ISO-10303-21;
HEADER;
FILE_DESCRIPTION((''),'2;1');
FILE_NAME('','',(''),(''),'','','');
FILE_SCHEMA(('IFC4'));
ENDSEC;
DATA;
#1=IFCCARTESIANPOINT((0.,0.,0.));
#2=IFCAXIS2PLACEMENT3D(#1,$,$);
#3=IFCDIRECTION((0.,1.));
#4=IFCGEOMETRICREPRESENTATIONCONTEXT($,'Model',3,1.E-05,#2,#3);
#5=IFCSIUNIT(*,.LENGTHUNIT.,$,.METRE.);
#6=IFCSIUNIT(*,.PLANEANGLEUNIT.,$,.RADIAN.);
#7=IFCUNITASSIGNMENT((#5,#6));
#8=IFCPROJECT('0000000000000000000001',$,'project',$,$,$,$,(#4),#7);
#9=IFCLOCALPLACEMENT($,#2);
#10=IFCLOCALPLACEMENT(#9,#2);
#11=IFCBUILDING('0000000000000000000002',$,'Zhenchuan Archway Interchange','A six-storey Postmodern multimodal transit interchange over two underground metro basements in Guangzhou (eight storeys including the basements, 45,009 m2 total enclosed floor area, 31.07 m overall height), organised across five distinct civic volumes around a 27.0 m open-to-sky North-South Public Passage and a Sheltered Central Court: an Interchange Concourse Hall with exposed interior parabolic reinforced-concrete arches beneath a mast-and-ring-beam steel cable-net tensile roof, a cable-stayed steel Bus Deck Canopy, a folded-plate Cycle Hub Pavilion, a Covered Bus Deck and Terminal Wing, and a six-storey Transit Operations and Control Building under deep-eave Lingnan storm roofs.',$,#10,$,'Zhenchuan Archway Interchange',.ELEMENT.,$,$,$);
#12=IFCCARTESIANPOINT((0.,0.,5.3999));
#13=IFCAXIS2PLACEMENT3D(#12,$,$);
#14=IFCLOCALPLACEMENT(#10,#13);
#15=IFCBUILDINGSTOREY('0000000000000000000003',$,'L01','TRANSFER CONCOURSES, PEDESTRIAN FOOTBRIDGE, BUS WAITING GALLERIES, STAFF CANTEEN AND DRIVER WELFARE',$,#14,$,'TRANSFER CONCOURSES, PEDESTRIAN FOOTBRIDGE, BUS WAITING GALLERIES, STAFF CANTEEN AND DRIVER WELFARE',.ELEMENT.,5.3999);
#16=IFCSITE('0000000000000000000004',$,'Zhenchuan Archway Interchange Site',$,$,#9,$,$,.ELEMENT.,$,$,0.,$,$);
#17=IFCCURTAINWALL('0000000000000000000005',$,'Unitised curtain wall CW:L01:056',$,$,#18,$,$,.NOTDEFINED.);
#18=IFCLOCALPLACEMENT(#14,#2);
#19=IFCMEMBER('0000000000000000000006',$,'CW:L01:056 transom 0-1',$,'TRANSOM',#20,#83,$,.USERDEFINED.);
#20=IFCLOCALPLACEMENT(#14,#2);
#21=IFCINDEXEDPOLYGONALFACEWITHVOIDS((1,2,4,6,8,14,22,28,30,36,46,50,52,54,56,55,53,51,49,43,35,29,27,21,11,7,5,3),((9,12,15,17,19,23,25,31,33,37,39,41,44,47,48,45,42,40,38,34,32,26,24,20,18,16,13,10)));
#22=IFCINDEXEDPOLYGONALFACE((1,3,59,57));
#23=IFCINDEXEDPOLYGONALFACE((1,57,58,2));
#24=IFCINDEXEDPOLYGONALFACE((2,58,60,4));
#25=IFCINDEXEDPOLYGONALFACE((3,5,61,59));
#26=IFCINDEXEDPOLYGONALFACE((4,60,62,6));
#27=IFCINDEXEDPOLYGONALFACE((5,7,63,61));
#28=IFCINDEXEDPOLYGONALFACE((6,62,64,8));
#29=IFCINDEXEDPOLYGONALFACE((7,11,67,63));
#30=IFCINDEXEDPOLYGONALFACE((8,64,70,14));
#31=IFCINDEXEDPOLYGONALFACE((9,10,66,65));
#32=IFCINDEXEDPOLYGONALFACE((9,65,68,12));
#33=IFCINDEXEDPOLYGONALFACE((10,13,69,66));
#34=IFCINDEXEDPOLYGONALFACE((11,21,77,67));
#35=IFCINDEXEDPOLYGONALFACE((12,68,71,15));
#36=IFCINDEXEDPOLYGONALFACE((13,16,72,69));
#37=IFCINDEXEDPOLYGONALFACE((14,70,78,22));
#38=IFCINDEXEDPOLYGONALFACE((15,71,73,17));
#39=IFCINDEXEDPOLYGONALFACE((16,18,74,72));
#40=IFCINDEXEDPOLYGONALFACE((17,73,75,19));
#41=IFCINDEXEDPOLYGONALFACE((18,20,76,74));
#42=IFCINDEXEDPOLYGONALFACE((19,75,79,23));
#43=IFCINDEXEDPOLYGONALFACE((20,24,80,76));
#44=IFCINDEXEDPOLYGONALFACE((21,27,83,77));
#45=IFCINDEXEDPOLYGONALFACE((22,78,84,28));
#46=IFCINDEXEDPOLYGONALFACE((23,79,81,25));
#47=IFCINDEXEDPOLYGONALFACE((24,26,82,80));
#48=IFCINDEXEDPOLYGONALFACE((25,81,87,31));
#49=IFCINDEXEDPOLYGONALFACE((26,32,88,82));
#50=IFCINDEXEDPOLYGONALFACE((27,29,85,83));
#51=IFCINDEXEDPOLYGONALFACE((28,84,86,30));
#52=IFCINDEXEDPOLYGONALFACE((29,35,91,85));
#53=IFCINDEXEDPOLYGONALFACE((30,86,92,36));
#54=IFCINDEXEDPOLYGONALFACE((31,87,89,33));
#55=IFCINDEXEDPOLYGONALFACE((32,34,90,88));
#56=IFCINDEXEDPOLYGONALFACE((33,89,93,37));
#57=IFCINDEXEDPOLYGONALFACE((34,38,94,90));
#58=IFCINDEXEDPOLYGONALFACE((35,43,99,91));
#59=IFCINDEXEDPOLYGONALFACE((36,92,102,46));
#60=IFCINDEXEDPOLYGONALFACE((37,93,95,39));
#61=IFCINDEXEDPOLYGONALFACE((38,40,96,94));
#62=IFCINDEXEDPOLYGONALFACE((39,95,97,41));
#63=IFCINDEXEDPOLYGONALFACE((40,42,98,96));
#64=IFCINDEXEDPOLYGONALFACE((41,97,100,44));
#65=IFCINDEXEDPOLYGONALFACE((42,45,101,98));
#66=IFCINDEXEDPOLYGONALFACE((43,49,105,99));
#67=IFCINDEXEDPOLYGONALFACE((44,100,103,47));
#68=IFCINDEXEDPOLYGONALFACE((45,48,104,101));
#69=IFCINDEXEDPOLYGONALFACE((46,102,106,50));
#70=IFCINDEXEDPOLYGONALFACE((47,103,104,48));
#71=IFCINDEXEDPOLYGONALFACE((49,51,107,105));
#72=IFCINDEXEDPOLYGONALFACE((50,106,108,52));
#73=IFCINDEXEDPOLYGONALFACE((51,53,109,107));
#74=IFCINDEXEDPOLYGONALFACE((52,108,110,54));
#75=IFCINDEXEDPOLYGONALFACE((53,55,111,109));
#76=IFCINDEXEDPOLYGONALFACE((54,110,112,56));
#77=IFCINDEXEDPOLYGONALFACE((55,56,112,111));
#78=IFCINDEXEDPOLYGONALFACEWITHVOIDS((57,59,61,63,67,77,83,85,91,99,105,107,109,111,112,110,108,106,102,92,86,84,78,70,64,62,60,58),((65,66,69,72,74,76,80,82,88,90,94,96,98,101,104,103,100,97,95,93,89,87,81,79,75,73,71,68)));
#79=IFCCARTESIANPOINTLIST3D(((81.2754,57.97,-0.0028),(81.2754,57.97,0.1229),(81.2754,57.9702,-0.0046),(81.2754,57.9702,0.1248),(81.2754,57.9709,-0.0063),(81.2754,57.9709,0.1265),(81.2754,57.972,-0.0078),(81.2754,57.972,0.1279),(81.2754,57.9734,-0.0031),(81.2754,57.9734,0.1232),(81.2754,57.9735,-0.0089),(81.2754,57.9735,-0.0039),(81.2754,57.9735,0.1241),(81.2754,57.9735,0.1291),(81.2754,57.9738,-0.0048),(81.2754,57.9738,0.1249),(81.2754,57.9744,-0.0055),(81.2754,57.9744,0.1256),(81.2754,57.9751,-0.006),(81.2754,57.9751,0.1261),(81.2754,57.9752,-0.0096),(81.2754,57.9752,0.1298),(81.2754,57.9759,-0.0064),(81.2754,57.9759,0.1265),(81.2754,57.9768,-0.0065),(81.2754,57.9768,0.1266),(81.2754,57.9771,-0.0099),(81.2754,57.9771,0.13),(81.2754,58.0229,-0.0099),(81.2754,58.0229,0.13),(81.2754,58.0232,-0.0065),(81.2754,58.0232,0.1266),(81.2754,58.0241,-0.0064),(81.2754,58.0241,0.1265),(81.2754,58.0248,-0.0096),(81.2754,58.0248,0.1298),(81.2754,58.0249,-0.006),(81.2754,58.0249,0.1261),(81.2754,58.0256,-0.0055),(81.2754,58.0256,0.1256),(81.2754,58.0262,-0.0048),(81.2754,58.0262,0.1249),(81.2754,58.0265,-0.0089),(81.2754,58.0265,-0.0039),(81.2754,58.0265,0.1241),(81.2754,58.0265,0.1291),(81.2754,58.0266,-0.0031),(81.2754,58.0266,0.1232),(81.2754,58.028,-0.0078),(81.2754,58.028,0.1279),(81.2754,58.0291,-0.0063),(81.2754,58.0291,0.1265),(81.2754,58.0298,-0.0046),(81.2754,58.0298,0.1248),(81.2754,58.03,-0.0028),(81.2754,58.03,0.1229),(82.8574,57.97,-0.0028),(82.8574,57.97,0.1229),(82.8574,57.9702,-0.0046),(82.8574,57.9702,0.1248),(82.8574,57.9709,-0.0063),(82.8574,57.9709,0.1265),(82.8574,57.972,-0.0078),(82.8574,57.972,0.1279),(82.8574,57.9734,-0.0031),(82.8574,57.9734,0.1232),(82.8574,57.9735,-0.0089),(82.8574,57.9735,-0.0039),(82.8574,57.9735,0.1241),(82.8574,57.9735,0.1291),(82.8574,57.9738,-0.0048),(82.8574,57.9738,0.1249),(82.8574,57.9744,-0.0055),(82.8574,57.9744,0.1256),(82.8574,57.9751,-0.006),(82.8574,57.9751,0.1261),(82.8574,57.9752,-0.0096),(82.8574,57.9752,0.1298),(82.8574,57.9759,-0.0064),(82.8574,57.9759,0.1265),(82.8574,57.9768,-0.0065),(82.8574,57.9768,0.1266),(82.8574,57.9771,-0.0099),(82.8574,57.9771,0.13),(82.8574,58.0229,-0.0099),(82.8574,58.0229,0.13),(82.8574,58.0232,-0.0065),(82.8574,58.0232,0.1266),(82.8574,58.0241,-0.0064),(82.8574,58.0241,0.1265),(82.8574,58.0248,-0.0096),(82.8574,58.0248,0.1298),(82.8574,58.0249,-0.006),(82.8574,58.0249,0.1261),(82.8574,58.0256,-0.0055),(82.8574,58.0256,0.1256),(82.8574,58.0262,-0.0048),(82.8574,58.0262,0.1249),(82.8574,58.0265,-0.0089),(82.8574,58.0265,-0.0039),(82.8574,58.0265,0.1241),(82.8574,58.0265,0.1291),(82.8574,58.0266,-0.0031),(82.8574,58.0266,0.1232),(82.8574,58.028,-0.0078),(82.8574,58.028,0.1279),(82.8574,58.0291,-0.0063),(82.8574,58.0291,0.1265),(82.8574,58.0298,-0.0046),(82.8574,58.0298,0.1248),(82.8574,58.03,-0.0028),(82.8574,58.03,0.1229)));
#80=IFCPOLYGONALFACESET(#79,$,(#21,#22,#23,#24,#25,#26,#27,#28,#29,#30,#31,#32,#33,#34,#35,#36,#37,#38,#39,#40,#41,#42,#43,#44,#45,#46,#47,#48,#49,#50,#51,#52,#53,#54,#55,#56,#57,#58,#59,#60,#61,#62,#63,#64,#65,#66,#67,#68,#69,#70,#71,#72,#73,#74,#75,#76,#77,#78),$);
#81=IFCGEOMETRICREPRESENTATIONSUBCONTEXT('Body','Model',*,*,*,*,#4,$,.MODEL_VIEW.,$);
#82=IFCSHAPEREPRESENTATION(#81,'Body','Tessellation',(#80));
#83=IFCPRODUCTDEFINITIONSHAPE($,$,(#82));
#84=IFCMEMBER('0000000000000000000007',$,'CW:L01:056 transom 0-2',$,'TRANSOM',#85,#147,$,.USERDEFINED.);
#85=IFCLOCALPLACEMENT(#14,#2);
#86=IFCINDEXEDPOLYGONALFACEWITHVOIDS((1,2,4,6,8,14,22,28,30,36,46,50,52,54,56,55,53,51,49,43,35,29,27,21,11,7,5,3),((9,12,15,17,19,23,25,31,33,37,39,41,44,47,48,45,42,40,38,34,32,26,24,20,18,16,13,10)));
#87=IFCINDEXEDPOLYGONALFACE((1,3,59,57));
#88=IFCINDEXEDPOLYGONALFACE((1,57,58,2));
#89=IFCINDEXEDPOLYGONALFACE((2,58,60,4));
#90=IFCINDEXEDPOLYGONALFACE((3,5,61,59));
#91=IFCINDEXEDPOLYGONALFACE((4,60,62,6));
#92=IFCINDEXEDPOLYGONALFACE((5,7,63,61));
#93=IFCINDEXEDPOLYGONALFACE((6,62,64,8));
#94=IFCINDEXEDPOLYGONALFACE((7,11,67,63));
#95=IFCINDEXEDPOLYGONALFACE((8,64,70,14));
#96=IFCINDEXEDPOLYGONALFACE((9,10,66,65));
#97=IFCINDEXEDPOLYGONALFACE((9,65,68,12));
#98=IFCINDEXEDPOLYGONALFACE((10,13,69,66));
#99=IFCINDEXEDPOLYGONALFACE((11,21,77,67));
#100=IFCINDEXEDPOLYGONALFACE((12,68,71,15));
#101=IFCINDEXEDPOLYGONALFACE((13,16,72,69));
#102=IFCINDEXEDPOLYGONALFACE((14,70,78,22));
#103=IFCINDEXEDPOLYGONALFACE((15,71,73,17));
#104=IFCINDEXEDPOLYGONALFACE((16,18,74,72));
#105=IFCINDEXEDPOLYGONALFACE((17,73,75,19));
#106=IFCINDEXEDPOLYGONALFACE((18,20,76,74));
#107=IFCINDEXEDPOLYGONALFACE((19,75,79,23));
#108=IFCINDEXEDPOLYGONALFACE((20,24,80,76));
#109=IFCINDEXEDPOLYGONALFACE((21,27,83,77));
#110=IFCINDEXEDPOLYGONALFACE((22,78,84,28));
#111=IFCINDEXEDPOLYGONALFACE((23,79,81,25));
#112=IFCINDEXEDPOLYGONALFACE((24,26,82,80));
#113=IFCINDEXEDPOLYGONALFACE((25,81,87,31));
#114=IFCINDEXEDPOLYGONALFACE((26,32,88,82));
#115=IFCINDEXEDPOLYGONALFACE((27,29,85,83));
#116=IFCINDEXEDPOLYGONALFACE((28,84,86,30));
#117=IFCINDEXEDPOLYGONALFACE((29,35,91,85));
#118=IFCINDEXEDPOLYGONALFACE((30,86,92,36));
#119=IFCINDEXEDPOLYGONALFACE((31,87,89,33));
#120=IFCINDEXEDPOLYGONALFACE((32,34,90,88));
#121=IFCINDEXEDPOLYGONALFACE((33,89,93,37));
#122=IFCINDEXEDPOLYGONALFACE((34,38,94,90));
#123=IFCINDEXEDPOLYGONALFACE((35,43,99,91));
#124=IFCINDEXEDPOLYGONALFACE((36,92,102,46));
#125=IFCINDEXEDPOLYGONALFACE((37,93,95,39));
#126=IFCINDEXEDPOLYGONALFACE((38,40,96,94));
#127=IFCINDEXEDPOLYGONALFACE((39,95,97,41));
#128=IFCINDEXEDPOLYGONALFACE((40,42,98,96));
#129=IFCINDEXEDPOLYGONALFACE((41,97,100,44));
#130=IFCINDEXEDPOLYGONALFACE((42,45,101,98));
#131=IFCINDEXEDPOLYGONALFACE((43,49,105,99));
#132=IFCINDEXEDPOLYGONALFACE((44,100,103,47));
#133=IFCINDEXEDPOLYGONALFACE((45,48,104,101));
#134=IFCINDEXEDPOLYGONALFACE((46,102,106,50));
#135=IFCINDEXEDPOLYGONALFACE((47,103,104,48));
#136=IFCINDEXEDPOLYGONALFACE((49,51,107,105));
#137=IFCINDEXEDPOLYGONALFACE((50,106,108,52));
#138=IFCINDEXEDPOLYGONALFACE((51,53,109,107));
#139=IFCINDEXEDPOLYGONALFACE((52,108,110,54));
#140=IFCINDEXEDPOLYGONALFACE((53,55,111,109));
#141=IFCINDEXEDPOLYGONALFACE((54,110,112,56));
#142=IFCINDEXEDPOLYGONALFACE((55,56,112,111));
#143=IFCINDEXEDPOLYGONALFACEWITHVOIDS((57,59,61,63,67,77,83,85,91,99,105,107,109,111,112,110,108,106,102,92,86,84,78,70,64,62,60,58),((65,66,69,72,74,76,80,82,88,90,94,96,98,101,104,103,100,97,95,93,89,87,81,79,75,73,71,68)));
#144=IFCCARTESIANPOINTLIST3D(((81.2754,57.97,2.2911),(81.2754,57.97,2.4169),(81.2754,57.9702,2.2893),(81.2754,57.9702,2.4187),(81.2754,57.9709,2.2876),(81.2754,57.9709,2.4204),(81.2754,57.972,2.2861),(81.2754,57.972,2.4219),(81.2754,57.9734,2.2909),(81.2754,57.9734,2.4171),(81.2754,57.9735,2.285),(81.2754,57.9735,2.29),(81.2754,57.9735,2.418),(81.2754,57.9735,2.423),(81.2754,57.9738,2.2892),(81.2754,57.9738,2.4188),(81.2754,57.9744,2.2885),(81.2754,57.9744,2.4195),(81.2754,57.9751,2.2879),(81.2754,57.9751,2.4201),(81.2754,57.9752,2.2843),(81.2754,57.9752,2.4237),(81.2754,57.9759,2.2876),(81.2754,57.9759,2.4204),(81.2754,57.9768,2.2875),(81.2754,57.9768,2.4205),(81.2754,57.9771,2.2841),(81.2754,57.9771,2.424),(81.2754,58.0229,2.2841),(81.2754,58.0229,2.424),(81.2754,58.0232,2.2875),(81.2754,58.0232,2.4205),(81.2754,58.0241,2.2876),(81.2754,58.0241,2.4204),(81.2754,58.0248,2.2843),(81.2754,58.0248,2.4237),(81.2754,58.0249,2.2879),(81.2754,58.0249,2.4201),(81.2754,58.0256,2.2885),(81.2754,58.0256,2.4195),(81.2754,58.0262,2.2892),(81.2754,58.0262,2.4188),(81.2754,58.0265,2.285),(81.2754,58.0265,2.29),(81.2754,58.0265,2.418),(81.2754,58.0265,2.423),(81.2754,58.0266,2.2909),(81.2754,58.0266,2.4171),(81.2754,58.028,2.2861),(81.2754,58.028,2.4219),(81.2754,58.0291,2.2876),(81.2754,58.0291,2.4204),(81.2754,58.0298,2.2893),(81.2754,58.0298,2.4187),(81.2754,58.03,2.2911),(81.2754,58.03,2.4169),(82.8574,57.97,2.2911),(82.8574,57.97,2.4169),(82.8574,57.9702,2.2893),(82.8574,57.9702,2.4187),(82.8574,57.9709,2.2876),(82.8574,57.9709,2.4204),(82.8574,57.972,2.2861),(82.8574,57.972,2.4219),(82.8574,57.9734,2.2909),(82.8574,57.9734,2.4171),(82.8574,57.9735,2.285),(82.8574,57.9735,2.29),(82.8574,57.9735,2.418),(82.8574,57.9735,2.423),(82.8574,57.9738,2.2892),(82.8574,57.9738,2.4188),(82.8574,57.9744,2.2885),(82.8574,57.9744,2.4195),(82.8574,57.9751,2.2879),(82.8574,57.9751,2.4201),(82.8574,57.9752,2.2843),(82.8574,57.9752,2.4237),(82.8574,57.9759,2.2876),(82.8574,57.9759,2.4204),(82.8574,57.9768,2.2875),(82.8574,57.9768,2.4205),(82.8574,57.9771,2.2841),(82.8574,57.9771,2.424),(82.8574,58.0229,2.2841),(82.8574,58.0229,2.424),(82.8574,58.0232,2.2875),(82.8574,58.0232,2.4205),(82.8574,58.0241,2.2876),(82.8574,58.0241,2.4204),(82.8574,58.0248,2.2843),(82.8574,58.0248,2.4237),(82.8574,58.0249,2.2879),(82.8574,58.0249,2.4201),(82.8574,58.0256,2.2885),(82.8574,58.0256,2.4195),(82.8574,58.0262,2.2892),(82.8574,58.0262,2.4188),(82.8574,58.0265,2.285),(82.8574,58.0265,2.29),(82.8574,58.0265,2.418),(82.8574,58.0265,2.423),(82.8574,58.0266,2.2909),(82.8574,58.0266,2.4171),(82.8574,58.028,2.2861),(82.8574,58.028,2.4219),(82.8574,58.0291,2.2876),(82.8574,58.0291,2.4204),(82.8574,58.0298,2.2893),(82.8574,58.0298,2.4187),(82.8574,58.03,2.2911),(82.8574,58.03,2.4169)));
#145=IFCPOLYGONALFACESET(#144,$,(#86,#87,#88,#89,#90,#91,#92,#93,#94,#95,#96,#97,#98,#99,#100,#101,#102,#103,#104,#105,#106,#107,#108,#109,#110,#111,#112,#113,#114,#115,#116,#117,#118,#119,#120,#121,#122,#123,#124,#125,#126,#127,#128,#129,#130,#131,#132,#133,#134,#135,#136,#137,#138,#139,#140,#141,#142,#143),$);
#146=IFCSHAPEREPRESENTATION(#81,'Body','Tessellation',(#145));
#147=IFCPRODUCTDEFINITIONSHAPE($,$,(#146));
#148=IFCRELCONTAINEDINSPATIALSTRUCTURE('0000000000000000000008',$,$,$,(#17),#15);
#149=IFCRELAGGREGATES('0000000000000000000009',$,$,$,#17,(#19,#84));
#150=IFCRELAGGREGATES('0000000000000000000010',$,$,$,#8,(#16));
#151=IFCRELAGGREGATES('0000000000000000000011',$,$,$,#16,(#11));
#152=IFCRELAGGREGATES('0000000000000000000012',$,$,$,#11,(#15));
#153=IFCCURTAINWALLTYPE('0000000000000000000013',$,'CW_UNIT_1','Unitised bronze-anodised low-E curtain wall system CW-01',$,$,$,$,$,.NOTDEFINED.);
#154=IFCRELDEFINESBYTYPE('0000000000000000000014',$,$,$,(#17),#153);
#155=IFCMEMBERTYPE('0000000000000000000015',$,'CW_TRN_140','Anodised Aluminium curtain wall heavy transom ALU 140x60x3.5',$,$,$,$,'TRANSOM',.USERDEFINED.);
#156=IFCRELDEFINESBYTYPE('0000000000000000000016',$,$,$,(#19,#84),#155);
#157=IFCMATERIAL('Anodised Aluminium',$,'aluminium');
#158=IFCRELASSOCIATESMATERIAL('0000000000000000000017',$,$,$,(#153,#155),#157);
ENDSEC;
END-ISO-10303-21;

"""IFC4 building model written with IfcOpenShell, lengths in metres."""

from ifc_helpers import new_model, si_unit, direction, frame, origin, origin_2d, place, context, subcontext, project, spatial, hollow_rectangle, extrude, material, material_profile, profile_set, type_object, element, aggregate, save


model = new_model("IFC4")

# Units and contexts
model_context = context("Model", 3, precision=1e-05, world=origin(), true_north=direction((0.0, 1.0)))
body_context = subcontext(model_context, "Body", "Model", "MODEL_VIEW")
ifc_project = project(units=[si_unit("LENGTHUNIT", "METRE"), si_unit("PLANEANGLEUNIT", "RADIAN")], contexts=[model_context])

# Site, building, storey
site_placement = place(None, origin())
site = spatial("IfcSite", under=ifc_project, at=site_placement, Name="Zhenchuan Archway Interchange Site", CompositionType="ELEMENT", RefElevation=0.0)
building_placement = place(site_placement, origin())
building = spatial("IfcBuilding", under=site, at=building_placement, Name="Zhenchuan Archway Interchange", Description="A six-storey Postmodern multimodal transit interchange over two underground metro basements in Guangzhou (eight storeys including the basements, 45,009 m2 total enclosed floor area, 31.07 m overall height), organised across five distinct civic volumes around a 27.0 m open-to-sky North-South Public Passage and a Sheltered Central Court: an Interchange Concourse Hall with exposed interior parabolic reinforced-concrete arches beneath a mast-and-ring-beam steel cable-net tensile roof, a cable-stayed steel Bus Deck Canopy, a folded-plate Cycle Hub Pavilion, a Covered Bus Deck and Terminal Wing, and a six-storey Transit Operations and Control Building under deep-eave Lingnan storm roofs.", LongName="Zhenchuan Archway Interchange", CompositionType="ELEMENT")
storey_placement = place(building_placement, frame((0.0, 0.0, 5.3999)))
storey = spatial("IfcBuildingStorey", under=building, at=storey_placement, Name="L01", Description="TRANSFER CONCOURSES, PEDESTRIAN FOOTBRIDGE, BUS WAITING GALLERIES, STAFF CANTEEN AND DRIVER WELFARE", LongName="TRANSFER CONCOURSES, PEDESTRIAN FOOTBRIDGE, BUS WAITING GALLERIES, STAFF CANTEEN AND DRIVER WELFARE", CompositionType="ELEMENT", Elevation=5.3999)

# Shared definitions
ifc_material_1 = material(Name="Anodised Aluminium", Category="aluminium")

# Curtain wall
curtain_wall_type_1 = type_object("IfcCurtainWallType", Name="CW_UNIT_1", Description="Unitised bronze-anodised low-E curtain wall system CW-01", PredefinedType="NOTDEFINED", material=ifc_material_1)
curtain_wall_1_placement = place(storey_placement, origin())
curtain_wall_1 = element("IfcCurtainWall", 1, at=curtain_wall_1_placement, inside=storey, type_object=curtain_wall_type_1, Name="Unitised curtain wall CW:L01:056", PredefinedType="NOTDEFINED")

# Members
ifc_material_profile_1 = material_profile(ifc_material_1, hollow_rectangle(XDim=0.0601, YDim=0.1399, WallThickness=0.0034, InnerFilletRadius=0.0034, OuterFilletRadius=0.0071, at=origin_2d()), Name="ALU 140x60x3.5")
ifc_profile_set_1 = profile_set([ifc_material_profile_1], Name="Anodised Aluminium")
member_type_1 = type_object("IfcMemberType", Name="CW_TRN_140", Description="Anodised Aluminium curtain wall heavy transom ALU 140x60x3.5", ElementType="TRANSOM", PredefinedType="USERDEFINED", material=ifc_profile_set_1)
member_1_placement = place(storey_placement, frame((81.2754, 58.0, 0.0601), z_axis=(1.0, 0.0, 0.0), x_axis=(0.0, 1.0, 0.0)))
member_1 = element("IfcMember", 2, at=member_1_placement, type_object=member_type_1, Name="CW:L01:056 transom 0-1", ObjectType="TRANSOM", PredefinedType="USERDEFINED", context=body_context, shape_type="SweptSolid", body=[
    extrude(hollow_rectangle(XDim=0.0601, YDim=0.1399, WallThickness=0.0034, InnerFilletRadius=0.0034, OuterFilletRadius=0.0071, at=origin_2d()), origin(), (0.0, 0.0, 1.0), 1.582),
])
member_2_placement = place(storey_placement, frame((81.2754, 58.0, 2.354), z_axis=(1.0, 0.0, 0.0), x_axis=(0.0, 1.0, 0.0)))
member_2 = element("IfcMember", 3, at=member_2_placement, type_object=member_type_1, Name="CW:L01:056 transom 0-2", ObjectType="TRANSOM", PredefinedType="USERDEFINED", context=body_context, shape_type="SweptSolid", body=[
    extrude(hollow_rectangle(XDim=0.0601, YDim=0.1399, WallThickness=0.0034, InnerFilletRadius=0.0034, OuterFilletRadius=0.0071, at=origin_2d()), origin(), (0.0, 0.0, 1.0), 1.582),
])

aggregate(curtain_wall_1, [member_1, member_2])

save(model, "model.ifc")
